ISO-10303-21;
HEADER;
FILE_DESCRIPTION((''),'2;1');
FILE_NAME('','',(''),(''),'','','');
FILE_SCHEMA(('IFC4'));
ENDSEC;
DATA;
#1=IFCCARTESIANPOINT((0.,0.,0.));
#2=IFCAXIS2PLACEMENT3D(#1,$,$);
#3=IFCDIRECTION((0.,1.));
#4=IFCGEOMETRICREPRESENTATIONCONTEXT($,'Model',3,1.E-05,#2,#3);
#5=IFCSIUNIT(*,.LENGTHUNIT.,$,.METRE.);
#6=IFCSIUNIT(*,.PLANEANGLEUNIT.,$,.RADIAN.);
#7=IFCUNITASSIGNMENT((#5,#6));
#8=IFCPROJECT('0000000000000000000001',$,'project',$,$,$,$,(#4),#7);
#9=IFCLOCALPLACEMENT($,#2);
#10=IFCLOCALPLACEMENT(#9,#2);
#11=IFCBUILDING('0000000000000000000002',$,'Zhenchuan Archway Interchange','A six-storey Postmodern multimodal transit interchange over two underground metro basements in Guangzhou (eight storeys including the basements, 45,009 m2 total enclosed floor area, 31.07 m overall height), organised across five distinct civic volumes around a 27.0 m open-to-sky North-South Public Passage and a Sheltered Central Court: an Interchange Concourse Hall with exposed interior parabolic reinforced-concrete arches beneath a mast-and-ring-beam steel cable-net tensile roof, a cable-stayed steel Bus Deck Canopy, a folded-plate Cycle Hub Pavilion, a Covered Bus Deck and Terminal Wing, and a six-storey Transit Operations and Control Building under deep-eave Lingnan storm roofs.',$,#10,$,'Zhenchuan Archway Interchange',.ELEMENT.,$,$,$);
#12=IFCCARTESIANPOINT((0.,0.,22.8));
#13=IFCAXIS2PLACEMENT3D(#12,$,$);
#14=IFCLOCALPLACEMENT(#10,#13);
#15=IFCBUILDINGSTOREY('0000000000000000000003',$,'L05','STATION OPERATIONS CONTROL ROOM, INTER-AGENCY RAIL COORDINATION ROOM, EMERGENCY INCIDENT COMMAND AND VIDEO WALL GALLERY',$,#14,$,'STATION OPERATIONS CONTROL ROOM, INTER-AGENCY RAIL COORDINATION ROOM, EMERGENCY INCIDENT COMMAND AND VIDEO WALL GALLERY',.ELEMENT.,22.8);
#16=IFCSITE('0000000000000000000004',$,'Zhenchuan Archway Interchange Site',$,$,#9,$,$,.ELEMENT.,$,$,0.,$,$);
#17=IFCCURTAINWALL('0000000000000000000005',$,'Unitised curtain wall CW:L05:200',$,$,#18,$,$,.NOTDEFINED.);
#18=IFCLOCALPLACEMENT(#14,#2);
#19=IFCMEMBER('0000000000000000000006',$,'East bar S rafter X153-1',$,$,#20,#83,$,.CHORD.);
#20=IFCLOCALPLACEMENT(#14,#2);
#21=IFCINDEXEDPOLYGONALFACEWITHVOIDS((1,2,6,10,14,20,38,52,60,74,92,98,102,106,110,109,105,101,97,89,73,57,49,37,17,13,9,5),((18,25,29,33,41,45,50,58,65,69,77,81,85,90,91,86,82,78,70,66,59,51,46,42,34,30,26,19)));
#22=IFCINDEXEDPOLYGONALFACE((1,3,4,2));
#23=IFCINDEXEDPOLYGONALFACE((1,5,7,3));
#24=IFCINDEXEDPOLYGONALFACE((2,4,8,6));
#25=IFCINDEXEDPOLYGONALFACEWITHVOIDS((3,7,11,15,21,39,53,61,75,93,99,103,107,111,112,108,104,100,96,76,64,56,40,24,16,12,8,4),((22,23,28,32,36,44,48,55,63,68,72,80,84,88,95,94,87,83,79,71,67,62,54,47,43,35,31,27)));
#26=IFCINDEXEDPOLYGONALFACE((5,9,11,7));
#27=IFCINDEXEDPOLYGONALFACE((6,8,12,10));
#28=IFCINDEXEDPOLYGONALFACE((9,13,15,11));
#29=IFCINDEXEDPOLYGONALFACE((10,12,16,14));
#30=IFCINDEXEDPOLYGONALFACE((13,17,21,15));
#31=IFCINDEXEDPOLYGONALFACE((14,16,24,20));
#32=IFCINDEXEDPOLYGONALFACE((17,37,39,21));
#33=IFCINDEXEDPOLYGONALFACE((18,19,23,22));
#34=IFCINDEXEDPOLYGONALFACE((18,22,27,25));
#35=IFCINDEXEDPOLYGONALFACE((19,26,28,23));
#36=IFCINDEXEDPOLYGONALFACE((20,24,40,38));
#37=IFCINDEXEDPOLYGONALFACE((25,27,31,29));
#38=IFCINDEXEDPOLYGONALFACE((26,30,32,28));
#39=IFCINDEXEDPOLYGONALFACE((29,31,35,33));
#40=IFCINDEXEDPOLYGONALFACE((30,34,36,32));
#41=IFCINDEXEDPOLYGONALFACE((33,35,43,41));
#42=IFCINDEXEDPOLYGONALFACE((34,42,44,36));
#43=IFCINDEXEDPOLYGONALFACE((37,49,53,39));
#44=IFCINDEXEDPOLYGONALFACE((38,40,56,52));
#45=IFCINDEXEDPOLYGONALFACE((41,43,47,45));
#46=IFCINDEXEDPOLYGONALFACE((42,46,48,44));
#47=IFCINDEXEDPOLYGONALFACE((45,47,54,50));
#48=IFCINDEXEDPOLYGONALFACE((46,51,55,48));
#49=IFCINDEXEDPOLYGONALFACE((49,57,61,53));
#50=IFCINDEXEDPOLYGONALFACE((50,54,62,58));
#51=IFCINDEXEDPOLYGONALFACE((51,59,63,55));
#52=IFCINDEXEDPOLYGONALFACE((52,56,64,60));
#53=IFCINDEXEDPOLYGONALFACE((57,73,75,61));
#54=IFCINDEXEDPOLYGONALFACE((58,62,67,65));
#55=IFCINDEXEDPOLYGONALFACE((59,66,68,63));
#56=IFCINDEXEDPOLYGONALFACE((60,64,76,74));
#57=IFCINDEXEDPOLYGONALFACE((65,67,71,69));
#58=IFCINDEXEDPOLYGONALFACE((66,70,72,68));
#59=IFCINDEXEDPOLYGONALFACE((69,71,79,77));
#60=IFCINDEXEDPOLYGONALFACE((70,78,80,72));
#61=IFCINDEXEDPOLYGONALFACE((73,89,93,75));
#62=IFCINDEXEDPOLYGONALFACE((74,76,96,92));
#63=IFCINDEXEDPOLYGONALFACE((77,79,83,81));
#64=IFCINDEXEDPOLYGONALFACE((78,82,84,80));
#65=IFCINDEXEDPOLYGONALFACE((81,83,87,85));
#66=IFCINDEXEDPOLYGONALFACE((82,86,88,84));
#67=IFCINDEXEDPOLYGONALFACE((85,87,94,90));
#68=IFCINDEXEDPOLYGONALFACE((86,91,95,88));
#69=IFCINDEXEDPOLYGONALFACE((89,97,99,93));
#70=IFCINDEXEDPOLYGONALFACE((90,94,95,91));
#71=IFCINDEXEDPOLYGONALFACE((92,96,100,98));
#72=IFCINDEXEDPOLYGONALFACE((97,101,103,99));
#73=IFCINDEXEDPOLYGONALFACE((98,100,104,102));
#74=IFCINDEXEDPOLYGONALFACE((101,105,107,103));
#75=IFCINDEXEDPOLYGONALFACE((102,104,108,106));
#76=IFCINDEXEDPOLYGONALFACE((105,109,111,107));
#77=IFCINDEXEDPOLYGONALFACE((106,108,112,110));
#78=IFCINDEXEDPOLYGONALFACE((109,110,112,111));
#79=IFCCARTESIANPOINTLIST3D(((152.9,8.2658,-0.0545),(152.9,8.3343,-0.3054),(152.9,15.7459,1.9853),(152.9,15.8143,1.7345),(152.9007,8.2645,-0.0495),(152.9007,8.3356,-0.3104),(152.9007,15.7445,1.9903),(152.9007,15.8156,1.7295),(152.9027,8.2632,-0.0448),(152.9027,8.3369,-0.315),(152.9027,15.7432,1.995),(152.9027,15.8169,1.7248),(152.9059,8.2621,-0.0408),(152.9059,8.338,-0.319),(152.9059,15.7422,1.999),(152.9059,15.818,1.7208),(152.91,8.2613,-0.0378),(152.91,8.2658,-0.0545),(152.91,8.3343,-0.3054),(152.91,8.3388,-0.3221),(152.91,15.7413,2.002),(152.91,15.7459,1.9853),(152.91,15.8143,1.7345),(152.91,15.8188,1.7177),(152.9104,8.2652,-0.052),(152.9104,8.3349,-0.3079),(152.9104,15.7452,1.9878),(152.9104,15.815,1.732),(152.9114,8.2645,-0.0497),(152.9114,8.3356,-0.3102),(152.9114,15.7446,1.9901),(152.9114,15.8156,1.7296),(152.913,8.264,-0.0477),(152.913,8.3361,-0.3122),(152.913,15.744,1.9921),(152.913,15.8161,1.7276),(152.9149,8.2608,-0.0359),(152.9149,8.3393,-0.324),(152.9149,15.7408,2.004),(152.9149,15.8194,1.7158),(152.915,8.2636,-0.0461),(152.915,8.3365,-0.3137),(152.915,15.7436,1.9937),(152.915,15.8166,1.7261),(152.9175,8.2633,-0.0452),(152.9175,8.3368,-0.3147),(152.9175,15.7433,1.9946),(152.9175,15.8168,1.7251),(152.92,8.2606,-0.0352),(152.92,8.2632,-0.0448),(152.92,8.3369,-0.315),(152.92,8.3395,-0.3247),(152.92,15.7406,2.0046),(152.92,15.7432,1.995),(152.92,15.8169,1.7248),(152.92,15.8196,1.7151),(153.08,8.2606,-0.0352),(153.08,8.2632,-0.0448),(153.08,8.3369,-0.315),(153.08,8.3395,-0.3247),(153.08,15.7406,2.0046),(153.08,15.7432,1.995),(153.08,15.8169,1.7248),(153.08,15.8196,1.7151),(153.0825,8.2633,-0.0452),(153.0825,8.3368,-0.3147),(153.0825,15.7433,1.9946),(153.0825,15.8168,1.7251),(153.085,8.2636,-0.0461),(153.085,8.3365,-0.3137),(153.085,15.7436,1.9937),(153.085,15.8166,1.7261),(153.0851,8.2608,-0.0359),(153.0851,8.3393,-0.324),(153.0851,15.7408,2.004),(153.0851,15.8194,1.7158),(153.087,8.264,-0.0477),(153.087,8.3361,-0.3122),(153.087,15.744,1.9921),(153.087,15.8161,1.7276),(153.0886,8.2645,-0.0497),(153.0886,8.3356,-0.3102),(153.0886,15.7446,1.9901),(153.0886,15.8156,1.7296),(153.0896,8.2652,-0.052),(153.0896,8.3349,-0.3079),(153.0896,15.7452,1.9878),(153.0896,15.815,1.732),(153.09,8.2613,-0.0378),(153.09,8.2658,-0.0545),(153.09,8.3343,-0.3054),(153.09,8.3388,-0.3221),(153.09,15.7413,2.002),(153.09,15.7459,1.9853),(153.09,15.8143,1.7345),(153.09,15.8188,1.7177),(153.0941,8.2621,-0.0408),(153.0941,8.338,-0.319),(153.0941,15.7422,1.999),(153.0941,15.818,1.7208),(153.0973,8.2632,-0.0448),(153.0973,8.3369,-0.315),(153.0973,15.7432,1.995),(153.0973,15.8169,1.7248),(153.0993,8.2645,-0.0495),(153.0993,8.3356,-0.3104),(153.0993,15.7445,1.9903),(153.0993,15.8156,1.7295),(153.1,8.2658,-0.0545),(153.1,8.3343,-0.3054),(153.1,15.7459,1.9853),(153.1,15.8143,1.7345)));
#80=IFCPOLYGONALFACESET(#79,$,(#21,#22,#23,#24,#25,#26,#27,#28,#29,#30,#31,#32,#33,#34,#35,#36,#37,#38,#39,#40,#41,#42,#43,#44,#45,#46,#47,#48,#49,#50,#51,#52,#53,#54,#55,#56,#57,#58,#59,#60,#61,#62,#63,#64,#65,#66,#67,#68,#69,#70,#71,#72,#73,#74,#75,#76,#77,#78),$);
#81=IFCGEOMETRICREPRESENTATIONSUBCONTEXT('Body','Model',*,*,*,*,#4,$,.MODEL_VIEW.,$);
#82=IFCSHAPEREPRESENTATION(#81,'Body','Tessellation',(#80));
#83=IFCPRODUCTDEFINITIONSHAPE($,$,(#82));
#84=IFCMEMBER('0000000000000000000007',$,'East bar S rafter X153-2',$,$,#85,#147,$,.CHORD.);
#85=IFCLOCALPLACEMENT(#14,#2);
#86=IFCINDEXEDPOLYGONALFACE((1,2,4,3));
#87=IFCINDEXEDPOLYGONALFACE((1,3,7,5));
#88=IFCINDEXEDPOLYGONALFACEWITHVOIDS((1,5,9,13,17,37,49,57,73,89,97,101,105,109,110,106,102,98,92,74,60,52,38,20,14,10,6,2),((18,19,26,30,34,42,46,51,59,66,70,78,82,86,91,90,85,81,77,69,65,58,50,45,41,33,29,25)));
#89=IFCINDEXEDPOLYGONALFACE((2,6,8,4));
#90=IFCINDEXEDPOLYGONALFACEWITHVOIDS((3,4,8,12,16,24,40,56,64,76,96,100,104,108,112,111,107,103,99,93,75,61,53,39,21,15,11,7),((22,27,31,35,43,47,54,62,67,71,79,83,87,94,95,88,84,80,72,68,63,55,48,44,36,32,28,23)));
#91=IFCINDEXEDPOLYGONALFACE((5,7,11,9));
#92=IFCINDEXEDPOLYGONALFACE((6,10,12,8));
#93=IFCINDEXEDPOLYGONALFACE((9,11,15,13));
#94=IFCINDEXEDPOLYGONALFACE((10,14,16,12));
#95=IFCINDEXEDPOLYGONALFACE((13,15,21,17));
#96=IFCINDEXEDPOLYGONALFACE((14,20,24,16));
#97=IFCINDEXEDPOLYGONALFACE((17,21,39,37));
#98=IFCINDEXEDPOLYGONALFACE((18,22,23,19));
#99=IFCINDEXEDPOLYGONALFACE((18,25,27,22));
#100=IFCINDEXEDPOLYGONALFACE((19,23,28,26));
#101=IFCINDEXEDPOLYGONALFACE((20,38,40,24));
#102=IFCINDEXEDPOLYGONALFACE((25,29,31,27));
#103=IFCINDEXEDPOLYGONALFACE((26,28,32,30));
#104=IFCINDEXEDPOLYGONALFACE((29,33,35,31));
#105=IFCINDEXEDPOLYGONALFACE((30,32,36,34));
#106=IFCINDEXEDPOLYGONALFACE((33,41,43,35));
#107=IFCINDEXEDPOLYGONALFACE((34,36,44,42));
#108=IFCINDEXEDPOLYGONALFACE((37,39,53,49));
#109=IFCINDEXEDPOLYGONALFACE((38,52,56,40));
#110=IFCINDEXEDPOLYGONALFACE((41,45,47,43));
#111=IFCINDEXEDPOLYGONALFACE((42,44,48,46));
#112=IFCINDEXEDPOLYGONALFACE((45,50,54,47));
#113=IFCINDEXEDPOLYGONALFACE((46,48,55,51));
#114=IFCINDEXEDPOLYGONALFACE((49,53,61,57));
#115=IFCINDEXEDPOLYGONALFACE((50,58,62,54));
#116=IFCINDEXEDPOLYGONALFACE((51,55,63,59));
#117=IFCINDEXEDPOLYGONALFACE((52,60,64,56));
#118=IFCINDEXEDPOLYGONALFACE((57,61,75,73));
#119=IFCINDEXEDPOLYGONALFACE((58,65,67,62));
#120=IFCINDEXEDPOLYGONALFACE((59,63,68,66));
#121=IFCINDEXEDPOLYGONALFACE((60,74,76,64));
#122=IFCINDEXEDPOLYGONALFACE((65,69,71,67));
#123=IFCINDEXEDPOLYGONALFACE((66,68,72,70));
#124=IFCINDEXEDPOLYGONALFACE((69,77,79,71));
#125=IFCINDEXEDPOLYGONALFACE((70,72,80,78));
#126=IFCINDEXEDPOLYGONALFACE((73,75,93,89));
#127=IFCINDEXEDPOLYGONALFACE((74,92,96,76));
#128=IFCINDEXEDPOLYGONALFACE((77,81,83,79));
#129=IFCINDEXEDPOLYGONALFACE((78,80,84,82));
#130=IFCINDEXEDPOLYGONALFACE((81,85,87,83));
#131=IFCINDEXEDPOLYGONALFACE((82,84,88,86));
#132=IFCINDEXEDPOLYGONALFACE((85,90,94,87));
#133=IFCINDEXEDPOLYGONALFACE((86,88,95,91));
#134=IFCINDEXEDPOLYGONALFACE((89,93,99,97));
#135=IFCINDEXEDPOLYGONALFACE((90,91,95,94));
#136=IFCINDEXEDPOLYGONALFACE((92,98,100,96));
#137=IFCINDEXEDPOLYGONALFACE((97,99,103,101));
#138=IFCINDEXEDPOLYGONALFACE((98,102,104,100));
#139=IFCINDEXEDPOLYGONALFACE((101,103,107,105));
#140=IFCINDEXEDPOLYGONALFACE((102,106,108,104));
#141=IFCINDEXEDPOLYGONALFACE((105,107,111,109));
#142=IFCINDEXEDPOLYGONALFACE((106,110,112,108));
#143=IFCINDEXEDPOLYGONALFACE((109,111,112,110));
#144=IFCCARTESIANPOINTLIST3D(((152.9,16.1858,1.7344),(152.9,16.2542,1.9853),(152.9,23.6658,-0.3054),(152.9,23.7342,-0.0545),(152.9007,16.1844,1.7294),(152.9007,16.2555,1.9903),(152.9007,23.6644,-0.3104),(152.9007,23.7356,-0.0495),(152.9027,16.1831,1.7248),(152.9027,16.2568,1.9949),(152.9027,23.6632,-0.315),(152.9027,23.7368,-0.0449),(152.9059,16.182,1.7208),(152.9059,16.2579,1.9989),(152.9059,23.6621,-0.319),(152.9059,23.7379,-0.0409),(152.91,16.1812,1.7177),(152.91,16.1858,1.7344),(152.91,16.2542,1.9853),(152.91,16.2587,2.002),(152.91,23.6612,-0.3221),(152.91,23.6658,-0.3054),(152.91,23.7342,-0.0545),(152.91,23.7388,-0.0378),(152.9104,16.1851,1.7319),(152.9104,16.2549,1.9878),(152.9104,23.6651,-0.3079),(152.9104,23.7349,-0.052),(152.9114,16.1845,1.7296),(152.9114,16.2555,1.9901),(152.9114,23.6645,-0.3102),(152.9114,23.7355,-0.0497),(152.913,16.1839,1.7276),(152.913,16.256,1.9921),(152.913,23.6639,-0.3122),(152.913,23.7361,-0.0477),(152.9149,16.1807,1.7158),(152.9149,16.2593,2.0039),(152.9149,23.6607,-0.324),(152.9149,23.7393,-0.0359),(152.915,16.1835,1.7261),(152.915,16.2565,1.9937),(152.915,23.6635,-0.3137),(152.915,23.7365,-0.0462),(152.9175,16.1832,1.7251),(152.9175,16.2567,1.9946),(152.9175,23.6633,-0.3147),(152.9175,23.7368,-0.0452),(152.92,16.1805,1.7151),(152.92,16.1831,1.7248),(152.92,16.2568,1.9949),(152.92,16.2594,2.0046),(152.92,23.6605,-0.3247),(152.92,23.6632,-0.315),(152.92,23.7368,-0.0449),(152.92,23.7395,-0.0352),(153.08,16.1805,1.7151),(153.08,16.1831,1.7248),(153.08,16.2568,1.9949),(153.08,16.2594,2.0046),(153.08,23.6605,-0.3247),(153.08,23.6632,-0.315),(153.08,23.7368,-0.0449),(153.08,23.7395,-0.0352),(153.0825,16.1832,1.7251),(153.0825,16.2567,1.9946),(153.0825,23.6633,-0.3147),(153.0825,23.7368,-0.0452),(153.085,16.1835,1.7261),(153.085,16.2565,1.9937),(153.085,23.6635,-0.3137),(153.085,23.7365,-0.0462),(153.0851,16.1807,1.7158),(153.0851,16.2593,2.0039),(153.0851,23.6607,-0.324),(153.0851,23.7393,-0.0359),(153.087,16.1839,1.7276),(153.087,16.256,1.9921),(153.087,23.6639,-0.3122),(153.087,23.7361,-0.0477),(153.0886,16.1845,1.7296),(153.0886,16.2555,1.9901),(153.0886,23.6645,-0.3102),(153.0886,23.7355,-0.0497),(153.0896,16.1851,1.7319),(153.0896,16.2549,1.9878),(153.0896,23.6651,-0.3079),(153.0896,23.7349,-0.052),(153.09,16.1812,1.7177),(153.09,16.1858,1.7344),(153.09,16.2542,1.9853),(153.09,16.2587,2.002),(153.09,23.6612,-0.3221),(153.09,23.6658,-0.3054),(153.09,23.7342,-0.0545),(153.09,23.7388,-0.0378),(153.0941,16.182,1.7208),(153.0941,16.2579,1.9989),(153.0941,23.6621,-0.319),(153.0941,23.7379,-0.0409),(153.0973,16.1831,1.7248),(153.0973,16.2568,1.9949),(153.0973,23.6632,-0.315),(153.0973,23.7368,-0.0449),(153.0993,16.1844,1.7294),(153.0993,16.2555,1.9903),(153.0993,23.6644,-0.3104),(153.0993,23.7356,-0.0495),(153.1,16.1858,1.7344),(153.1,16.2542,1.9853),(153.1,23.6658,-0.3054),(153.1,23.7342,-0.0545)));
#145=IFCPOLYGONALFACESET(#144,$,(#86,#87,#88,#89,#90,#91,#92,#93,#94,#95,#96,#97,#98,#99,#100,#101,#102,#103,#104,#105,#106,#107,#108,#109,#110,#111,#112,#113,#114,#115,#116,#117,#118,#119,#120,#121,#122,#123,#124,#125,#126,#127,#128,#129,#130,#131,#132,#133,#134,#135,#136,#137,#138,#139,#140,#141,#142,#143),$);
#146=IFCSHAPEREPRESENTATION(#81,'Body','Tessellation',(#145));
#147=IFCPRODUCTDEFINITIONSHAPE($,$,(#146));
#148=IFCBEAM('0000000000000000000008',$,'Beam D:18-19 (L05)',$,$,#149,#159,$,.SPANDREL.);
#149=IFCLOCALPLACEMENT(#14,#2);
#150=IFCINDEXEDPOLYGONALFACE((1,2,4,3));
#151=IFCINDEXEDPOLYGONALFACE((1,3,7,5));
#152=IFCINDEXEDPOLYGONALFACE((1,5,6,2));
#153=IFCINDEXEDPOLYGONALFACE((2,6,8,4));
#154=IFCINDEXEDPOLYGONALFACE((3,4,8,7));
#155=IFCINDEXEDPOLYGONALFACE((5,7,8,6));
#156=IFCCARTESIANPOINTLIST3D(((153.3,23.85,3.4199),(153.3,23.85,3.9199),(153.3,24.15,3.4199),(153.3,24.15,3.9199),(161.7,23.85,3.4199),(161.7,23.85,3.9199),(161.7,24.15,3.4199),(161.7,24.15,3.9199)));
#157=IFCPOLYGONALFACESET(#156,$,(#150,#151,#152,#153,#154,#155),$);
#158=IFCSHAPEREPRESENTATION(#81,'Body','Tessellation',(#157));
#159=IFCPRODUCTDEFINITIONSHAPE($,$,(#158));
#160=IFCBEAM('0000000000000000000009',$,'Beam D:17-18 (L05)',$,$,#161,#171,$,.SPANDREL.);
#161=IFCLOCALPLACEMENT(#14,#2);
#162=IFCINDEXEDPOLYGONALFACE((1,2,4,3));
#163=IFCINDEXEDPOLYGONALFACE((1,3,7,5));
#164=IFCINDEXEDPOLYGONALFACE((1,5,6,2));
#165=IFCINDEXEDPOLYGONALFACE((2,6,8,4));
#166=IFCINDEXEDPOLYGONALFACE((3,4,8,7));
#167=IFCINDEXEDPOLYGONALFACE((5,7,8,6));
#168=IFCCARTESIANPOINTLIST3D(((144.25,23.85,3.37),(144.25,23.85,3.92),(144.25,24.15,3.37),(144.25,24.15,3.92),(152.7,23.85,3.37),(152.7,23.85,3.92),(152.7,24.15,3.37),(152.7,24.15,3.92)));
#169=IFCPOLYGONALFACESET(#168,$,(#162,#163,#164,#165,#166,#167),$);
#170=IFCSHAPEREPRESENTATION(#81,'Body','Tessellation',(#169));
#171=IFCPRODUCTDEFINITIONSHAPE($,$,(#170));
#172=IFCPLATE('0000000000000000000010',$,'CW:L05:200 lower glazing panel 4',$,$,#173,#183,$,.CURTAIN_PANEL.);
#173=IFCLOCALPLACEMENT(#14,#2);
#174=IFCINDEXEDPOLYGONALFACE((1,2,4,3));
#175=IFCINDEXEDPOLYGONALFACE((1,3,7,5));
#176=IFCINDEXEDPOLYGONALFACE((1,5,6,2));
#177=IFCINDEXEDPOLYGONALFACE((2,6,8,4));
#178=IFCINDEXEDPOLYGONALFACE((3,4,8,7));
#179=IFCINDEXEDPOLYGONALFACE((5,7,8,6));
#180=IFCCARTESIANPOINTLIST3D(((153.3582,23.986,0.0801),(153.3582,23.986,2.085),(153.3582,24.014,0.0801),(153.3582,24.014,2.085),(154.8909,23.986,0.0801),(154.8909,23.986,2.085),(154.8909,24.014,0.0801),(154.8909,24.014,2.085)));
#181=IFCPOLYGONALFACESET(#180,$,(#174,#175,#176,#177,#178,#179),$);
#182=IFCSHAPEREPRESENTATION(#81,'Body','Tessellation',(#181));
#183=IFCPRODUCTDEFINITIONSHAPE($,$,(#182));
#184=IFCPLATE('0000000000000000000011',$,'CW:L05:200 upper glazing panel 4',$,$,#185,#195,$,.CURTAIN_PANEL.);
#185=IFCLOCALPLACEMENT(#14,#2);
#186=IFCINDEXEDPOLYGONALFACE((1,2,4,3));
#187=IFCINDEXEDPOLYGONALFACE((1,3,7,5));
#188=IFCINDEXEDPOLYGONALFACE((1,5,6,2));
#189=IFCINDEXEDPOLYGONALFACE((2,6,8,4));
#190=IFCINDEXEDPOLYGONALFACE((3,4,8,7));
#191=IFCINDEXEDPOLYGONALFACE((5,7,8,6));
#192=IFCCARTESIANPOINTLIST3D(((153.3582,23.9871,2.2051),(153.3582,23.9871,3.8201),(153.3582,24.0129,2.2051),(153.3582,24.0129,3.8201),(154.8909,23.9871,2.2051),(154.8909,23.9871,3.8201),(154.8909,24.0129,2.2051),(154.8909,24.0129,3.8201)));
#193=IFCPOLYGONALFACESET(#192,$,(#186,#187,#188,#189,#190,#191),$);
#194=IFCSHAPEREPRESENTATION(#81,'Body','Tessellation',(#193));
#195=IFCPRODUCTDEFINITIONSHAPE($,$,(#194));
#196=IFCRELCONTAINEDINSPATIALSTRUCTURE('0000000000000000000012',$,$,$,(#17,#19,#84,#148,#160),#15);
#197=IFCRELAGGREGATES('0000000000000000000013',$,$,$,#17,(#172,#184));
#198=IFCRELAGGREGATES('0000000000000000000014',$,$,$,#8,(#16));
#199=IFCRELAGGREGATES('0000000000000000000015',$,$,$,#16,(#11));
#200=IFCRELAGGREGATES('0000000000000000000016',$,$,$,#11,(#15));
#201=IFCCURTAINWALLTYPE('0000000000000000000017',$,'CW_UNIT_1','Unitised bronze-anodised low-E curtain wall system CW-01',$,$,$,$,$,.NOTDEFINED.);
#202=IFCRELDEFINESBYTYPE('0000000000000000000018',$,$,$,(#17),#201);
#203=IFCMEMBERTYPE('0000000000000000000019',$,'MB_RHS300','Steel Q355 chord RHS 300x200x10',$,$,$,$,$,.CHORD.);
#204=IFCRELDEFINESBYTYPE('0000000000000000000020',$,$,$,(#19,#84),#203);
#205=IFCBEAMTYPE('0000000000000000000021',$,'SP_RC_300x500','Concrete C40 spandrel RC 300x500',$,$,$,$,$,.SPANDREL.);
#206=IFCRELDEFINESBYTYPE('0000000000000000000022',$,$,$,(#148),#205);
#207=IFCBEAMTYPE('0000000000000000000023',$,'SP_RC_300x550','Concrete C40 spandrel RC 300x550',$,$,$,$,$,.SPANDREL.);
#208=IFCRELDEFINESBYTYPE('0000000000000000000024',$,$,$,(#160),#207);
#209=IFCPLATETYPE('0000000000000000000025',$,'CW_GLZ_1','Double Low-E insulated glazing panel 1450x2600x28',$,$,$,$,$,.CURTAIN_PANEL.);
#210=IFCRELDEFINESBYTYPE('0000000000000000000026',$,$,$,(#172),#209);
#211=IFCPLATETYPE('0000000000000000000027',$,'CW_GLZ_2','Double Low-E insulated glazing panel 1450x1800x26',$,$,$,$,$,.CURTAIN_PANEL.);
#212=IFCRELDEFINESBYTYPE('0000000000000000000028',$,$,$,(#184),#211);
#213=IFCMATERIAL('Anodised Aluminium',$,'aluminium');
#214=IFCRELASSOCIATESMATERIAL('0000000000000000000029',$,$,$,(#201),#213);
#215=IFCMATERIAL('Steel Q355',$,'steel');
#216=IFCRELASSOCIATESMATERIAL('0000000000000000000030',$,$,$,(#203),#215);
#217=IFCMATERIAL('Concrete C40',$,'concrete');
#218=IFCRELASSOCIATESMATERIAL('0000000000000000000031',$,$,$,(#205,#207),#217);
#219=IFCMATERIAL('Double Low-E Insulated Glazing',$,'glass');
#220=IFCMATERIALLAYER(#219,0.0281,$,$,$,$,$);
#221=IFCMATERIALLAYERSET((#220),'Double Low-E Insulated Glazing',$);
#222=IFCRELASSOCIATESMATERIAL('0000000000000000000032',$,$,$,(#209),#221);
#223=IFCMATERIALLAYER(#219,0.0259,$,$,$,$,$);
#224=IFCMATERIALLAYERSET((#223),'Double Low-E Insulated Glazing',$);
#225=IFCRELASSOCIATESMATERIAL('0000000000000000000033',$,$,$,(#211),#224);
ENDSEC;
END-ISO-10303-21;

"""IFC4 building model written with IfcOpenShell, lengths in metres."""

from ifc_helpers import new_model, si_unit, direction, frame, origin, origin_2d, place, context, subcontext, project, spatial, rectangle, hollow_rectangle, extrude, material, layer, layer_set, material_profile, profile_set, type_object, element, aggregate, save


model = new_model("IFC4")

# Units and contexts
model_context = context("Model", 3, precision=1e-05, world=origin(), true_north=direction((0.0, 1.0)))
body_context = subcontext(model_context, "Body", "Model", "MODEL_VIEW")
ifc_project = project(units=[si_unit("LENGTHUNIT", "METRE"), si_unit("PLANEANGLEUNIT", "RADIAN")], contexts=[model_context])

# Site, building, storey
site_placement = place(None, origin())
site = spatial("IfcSite", under=ifc_project, at=site_placement, Name="Zhenchuan Archway Interchange Site", CompositionType="ELEMENT", RefElevation=0.0)
building_placement = place(site_placement, origin())
building = spatial("IfcBuilding", under=site, at=building_placement, Name="Zhenchuan Archway Interchange", Description="A six-storey Postmodern multimodal transit interchange over two underground metro basements in Guangzhou (eight storeys including the basements, 45,009 m2 total enclosed floor area, 31.07 m overall height), organised across five distinct civic volumes around a 27.0 m open-to-sky North-South Public Passage and a Sheltered Central Court: an Interchange Concourse Hall with exposed interior parabolic reinforced-concrete arches beneath a mast-and-ring-beam steel cable-net tensile roof, a cable-stayed steel Bus Deck Canopy, a folded-plate Cycle Hub Pavilion, a Covered Bus Deck and Terminal Wing, and a six-storey Transit Operations and Control Building under deep-eave Lingnan storm roofs.", LongName="Zhenchuan Archway Interchange", CompositionType="ELEMENT")
storey_placement = place(building_placement, frame((0.0, 0.0, 22.8)))
storey = spatial("IfcBuildingStorey", under=building, at=storey_placement, Name="L05", Description="STATION OPERATIONS CONTROL ROOM, INTER-AGENCY RAIL COORDINATION ROOM, EMERGENCY INCIDENT COMMAND AND VIDEO WALL GALLERY", LongName="STATION OPERATIONS CONTROL ROOM, INTER-AGENCY RAIL COORDINATION ROOM, EMERGENCY INCIDENT COMMAND AND VIDEO WALL GALLERY", CompositionType="ELEMENT", Elevation=22.8)

# Shared definitions
ifc_material_1 = material(Name="Concrete C40", Category="concrete")
ifc_material_2 = material(Name="Steel Q355", Category="steel")

# Curtain wall
ifc_material_3 = material(Name="Anodised Aluminium", Category="aluminium")
curtain_wall_type = type_object("IfcCurtainWallType", Name="CW_UNIT_1", Description="Unitised bronze-anodised low-E curtain wall system CW-01", PredefinedType="NOTDEFINED", material=ifc_material_3)
curtain_wall_placement = place(storey_placement, origin())
curtain_wall = element("IfcCurtainWall", 1, at=curtain_wall_placement, inside=storey, type_object=curtain_wall_type, Name="Unitised curtain wall CW:L05:200", PredefinedType="NOTDEFINED")

# Members
ifc_material_profile_1 = material_profile(ifc_material_2, hollow_rectangle(XDim=0.2, YDim=0.3, WallThickness=0.01, InnerFilletRadius=0.01, OuterFilletRadius=0.02, at=origin_2d()), Name="RHS 300x200x10")
ifc_profile_set_1 = profile_set([ifc_material_profile_1], Name="Steel Q355")
member_type_1 = type_object("IfcMemberType", Name="MB_RHS300", Description="Steel Q355 chord RHS 300x200x10", PredefinedType="CHORD", material=ifc_profile_set_1)
for number, where, z_axis, x_axis, name in (
    (2, (153.0, 8.3, -0.1799), (0.0, 0.96477, 0.263093), (-1.0, 0.0, 0.0), "East bar S rafter X153-1"),
    (3, (153.0, 16.22, 1.8599), (0.0, 0.96477, -0.263093), (-1.0, 0.0, 0.0), "East bar S rafter X153-2"),
):
    element("IfcMember", number, at=place(storey_placement, frame(where, z_axis=z_axis, x_axis=x_axis)), inside=storey, type_object=member_type_1, Name=name, PredefinedType="CHORD", context=body_context, shape_type="SweptSolid", body=[
        extrude(hollow_rectangle(XDim=0.2, YDim=0.3, WallThickness=0.01, InnerFilletRadius=0.01, OuterFilletRadius=0.02, at=origin_2d()), origin(), (0.0, 0.0, 1.0), 7.7532),
    ])

# Beams
ifc_material_profile_2 = material_profile(ifc_material_1, rectangle(XDim=0.3, YDim=0.5, at=origin_2d()), Name="RC 300x500")
ifc_profile_set_2 = profile_set([ifc_material_profile_2], Name="Concrete C40")
beam_type_1 = type_object("IfcBeamType", Name="SP_RC_300x500", Description="Concrete C40 spandrel RC 300x500", PredefinedType="SPANDREL", material=ifc_profile_set_2)
beam_1_placement = place(storey_placement, frame((153.3, 24.0, 3.6699), z_axis=(1.0, 0.0, 0.0), x_axis=(0.0, 1.0, 0.0)))
element("IfcBeam", 4, at=beam_1_placement, inside=storey, type_object=beam_type_1, Name="Beam D:18-19 (L05)", PredefinedType="SPANDREL", context=body_context, shape_type="SweptSolid", body=[
    extrude(rectangle(XDim=0.3, YDim=0.5, at=origin_2d()), origin(), (0.0, 0.0, 1.0), 8.3999),
])
ifc_material_profile_3 = material_profile(ifc_material_1, rectangle(XDim=0.3, YDim=0.55, at=origin_2d()), Name="RC 300x550")
ifc_profile_set_3 = profile_set([ifc_material_profile_3], Name="Concrete C40")
beam_type_2 = type_object("IfcBeamType", Name="SP_RC_300x550", Description="Concrete C40 spandrel RC 300x550", PredefinedType="SPANDREL", material=ifc_profile_set_3)
beam_2_placement = place(storey_placement, frame((144.25, 24.0, 3.645), z_axis=(1.0, 0.0, 0.0), x_axis=(0.0, 1.0, 0.0)))
element("IfcBeam", 5, at=beam_2_placement, inside=storey, type_object=beam_type_2, Name="Beam D:17-18 (L05)", PredefinedType="SPANDREL", context=body_context, shape_type="SweptSolid", body=[
    extrude(rectangle(XDim=0.3, YDim=0.55, at=origin_2d()), origin(), (0.0, 0.0, 1.0), 8.45),
])

# Plates
ifc_material_4 = material(Name="Double Low-E Insulated Glazing", Category="glass")
ifc_layer_1 = layer(ifc_material_4, 0.0281)
ifc_layer_set_1 = layer_set([ifc_layer_1], Name="Double Low-E Insulated Glazing")
plate_type_1 = type_object("IfcPlateType", Name="CW_GLZ_1", Description="Double Low-E insulated glazing panel 1450x2600x28", PredefinedType="CURTAIN_PANEL", material=ifc_layer_set_1)
plate_1_placement = place(storey_placement, frame((154.1245, 24.0, 0.0801), z_axis=(0.0, 0.0, 1.0), x_axis=(-1.0, 0.0, 0.0)))
plate_1 = element("IfcPlate", 6, at=plate_1_placement, type_object=plate_type_1, Name="CW:L05:200 lower glazing panel 4", PredefinedType="CURTAIN_PANEL", context=body_context, shape_type="SweptSolid", body=[
    extrude(rectangle(XDim=1.5327, YDim=0.0281, at=origin_2d()), origin(), (0.0, 0.0, 1.0), 2.0049),
])
ifc_layer_2 = layer(ifc_material_4, 0.0259)
ifc_layer_set_2 = layer_set([ifc_layer_2], Name="Double Low-E Insulated Glazing")
plate_type_2 = type_object("IfcPlateType", Name="CW_GLZ_2", Description="Double Low-E insulated glazing panel 1450x1800x26", PredefinedType="CURTAIN_PANEL", material=ifc_layer_set_2)
plate_2_placement = place(storey_placement, frame((154.1245, 24.0, 2.2051), z_axis=(0.0, 0.0, 1.0), x_axis=(-1.0, 0.0, 0.0)))
plate_2 = element("IfcPlate", 7, at=plate_2_placement, type_object=plate_type_2, Name="CW:L05:200 upper glazing panel 4", PredefinedType="CURTAIN_PANEL", context=body_context, shape_type="SweptSolid", body=[
    extrude(rectangle(XDim=1.5327, YDim=0.0259, at=origin_2d()), origin(), (0.0, 0.0, 1.0), 1.615),
])
aggregate(curtain_wall, [plate_1, plate_2])

save(model, "model.ifc")
